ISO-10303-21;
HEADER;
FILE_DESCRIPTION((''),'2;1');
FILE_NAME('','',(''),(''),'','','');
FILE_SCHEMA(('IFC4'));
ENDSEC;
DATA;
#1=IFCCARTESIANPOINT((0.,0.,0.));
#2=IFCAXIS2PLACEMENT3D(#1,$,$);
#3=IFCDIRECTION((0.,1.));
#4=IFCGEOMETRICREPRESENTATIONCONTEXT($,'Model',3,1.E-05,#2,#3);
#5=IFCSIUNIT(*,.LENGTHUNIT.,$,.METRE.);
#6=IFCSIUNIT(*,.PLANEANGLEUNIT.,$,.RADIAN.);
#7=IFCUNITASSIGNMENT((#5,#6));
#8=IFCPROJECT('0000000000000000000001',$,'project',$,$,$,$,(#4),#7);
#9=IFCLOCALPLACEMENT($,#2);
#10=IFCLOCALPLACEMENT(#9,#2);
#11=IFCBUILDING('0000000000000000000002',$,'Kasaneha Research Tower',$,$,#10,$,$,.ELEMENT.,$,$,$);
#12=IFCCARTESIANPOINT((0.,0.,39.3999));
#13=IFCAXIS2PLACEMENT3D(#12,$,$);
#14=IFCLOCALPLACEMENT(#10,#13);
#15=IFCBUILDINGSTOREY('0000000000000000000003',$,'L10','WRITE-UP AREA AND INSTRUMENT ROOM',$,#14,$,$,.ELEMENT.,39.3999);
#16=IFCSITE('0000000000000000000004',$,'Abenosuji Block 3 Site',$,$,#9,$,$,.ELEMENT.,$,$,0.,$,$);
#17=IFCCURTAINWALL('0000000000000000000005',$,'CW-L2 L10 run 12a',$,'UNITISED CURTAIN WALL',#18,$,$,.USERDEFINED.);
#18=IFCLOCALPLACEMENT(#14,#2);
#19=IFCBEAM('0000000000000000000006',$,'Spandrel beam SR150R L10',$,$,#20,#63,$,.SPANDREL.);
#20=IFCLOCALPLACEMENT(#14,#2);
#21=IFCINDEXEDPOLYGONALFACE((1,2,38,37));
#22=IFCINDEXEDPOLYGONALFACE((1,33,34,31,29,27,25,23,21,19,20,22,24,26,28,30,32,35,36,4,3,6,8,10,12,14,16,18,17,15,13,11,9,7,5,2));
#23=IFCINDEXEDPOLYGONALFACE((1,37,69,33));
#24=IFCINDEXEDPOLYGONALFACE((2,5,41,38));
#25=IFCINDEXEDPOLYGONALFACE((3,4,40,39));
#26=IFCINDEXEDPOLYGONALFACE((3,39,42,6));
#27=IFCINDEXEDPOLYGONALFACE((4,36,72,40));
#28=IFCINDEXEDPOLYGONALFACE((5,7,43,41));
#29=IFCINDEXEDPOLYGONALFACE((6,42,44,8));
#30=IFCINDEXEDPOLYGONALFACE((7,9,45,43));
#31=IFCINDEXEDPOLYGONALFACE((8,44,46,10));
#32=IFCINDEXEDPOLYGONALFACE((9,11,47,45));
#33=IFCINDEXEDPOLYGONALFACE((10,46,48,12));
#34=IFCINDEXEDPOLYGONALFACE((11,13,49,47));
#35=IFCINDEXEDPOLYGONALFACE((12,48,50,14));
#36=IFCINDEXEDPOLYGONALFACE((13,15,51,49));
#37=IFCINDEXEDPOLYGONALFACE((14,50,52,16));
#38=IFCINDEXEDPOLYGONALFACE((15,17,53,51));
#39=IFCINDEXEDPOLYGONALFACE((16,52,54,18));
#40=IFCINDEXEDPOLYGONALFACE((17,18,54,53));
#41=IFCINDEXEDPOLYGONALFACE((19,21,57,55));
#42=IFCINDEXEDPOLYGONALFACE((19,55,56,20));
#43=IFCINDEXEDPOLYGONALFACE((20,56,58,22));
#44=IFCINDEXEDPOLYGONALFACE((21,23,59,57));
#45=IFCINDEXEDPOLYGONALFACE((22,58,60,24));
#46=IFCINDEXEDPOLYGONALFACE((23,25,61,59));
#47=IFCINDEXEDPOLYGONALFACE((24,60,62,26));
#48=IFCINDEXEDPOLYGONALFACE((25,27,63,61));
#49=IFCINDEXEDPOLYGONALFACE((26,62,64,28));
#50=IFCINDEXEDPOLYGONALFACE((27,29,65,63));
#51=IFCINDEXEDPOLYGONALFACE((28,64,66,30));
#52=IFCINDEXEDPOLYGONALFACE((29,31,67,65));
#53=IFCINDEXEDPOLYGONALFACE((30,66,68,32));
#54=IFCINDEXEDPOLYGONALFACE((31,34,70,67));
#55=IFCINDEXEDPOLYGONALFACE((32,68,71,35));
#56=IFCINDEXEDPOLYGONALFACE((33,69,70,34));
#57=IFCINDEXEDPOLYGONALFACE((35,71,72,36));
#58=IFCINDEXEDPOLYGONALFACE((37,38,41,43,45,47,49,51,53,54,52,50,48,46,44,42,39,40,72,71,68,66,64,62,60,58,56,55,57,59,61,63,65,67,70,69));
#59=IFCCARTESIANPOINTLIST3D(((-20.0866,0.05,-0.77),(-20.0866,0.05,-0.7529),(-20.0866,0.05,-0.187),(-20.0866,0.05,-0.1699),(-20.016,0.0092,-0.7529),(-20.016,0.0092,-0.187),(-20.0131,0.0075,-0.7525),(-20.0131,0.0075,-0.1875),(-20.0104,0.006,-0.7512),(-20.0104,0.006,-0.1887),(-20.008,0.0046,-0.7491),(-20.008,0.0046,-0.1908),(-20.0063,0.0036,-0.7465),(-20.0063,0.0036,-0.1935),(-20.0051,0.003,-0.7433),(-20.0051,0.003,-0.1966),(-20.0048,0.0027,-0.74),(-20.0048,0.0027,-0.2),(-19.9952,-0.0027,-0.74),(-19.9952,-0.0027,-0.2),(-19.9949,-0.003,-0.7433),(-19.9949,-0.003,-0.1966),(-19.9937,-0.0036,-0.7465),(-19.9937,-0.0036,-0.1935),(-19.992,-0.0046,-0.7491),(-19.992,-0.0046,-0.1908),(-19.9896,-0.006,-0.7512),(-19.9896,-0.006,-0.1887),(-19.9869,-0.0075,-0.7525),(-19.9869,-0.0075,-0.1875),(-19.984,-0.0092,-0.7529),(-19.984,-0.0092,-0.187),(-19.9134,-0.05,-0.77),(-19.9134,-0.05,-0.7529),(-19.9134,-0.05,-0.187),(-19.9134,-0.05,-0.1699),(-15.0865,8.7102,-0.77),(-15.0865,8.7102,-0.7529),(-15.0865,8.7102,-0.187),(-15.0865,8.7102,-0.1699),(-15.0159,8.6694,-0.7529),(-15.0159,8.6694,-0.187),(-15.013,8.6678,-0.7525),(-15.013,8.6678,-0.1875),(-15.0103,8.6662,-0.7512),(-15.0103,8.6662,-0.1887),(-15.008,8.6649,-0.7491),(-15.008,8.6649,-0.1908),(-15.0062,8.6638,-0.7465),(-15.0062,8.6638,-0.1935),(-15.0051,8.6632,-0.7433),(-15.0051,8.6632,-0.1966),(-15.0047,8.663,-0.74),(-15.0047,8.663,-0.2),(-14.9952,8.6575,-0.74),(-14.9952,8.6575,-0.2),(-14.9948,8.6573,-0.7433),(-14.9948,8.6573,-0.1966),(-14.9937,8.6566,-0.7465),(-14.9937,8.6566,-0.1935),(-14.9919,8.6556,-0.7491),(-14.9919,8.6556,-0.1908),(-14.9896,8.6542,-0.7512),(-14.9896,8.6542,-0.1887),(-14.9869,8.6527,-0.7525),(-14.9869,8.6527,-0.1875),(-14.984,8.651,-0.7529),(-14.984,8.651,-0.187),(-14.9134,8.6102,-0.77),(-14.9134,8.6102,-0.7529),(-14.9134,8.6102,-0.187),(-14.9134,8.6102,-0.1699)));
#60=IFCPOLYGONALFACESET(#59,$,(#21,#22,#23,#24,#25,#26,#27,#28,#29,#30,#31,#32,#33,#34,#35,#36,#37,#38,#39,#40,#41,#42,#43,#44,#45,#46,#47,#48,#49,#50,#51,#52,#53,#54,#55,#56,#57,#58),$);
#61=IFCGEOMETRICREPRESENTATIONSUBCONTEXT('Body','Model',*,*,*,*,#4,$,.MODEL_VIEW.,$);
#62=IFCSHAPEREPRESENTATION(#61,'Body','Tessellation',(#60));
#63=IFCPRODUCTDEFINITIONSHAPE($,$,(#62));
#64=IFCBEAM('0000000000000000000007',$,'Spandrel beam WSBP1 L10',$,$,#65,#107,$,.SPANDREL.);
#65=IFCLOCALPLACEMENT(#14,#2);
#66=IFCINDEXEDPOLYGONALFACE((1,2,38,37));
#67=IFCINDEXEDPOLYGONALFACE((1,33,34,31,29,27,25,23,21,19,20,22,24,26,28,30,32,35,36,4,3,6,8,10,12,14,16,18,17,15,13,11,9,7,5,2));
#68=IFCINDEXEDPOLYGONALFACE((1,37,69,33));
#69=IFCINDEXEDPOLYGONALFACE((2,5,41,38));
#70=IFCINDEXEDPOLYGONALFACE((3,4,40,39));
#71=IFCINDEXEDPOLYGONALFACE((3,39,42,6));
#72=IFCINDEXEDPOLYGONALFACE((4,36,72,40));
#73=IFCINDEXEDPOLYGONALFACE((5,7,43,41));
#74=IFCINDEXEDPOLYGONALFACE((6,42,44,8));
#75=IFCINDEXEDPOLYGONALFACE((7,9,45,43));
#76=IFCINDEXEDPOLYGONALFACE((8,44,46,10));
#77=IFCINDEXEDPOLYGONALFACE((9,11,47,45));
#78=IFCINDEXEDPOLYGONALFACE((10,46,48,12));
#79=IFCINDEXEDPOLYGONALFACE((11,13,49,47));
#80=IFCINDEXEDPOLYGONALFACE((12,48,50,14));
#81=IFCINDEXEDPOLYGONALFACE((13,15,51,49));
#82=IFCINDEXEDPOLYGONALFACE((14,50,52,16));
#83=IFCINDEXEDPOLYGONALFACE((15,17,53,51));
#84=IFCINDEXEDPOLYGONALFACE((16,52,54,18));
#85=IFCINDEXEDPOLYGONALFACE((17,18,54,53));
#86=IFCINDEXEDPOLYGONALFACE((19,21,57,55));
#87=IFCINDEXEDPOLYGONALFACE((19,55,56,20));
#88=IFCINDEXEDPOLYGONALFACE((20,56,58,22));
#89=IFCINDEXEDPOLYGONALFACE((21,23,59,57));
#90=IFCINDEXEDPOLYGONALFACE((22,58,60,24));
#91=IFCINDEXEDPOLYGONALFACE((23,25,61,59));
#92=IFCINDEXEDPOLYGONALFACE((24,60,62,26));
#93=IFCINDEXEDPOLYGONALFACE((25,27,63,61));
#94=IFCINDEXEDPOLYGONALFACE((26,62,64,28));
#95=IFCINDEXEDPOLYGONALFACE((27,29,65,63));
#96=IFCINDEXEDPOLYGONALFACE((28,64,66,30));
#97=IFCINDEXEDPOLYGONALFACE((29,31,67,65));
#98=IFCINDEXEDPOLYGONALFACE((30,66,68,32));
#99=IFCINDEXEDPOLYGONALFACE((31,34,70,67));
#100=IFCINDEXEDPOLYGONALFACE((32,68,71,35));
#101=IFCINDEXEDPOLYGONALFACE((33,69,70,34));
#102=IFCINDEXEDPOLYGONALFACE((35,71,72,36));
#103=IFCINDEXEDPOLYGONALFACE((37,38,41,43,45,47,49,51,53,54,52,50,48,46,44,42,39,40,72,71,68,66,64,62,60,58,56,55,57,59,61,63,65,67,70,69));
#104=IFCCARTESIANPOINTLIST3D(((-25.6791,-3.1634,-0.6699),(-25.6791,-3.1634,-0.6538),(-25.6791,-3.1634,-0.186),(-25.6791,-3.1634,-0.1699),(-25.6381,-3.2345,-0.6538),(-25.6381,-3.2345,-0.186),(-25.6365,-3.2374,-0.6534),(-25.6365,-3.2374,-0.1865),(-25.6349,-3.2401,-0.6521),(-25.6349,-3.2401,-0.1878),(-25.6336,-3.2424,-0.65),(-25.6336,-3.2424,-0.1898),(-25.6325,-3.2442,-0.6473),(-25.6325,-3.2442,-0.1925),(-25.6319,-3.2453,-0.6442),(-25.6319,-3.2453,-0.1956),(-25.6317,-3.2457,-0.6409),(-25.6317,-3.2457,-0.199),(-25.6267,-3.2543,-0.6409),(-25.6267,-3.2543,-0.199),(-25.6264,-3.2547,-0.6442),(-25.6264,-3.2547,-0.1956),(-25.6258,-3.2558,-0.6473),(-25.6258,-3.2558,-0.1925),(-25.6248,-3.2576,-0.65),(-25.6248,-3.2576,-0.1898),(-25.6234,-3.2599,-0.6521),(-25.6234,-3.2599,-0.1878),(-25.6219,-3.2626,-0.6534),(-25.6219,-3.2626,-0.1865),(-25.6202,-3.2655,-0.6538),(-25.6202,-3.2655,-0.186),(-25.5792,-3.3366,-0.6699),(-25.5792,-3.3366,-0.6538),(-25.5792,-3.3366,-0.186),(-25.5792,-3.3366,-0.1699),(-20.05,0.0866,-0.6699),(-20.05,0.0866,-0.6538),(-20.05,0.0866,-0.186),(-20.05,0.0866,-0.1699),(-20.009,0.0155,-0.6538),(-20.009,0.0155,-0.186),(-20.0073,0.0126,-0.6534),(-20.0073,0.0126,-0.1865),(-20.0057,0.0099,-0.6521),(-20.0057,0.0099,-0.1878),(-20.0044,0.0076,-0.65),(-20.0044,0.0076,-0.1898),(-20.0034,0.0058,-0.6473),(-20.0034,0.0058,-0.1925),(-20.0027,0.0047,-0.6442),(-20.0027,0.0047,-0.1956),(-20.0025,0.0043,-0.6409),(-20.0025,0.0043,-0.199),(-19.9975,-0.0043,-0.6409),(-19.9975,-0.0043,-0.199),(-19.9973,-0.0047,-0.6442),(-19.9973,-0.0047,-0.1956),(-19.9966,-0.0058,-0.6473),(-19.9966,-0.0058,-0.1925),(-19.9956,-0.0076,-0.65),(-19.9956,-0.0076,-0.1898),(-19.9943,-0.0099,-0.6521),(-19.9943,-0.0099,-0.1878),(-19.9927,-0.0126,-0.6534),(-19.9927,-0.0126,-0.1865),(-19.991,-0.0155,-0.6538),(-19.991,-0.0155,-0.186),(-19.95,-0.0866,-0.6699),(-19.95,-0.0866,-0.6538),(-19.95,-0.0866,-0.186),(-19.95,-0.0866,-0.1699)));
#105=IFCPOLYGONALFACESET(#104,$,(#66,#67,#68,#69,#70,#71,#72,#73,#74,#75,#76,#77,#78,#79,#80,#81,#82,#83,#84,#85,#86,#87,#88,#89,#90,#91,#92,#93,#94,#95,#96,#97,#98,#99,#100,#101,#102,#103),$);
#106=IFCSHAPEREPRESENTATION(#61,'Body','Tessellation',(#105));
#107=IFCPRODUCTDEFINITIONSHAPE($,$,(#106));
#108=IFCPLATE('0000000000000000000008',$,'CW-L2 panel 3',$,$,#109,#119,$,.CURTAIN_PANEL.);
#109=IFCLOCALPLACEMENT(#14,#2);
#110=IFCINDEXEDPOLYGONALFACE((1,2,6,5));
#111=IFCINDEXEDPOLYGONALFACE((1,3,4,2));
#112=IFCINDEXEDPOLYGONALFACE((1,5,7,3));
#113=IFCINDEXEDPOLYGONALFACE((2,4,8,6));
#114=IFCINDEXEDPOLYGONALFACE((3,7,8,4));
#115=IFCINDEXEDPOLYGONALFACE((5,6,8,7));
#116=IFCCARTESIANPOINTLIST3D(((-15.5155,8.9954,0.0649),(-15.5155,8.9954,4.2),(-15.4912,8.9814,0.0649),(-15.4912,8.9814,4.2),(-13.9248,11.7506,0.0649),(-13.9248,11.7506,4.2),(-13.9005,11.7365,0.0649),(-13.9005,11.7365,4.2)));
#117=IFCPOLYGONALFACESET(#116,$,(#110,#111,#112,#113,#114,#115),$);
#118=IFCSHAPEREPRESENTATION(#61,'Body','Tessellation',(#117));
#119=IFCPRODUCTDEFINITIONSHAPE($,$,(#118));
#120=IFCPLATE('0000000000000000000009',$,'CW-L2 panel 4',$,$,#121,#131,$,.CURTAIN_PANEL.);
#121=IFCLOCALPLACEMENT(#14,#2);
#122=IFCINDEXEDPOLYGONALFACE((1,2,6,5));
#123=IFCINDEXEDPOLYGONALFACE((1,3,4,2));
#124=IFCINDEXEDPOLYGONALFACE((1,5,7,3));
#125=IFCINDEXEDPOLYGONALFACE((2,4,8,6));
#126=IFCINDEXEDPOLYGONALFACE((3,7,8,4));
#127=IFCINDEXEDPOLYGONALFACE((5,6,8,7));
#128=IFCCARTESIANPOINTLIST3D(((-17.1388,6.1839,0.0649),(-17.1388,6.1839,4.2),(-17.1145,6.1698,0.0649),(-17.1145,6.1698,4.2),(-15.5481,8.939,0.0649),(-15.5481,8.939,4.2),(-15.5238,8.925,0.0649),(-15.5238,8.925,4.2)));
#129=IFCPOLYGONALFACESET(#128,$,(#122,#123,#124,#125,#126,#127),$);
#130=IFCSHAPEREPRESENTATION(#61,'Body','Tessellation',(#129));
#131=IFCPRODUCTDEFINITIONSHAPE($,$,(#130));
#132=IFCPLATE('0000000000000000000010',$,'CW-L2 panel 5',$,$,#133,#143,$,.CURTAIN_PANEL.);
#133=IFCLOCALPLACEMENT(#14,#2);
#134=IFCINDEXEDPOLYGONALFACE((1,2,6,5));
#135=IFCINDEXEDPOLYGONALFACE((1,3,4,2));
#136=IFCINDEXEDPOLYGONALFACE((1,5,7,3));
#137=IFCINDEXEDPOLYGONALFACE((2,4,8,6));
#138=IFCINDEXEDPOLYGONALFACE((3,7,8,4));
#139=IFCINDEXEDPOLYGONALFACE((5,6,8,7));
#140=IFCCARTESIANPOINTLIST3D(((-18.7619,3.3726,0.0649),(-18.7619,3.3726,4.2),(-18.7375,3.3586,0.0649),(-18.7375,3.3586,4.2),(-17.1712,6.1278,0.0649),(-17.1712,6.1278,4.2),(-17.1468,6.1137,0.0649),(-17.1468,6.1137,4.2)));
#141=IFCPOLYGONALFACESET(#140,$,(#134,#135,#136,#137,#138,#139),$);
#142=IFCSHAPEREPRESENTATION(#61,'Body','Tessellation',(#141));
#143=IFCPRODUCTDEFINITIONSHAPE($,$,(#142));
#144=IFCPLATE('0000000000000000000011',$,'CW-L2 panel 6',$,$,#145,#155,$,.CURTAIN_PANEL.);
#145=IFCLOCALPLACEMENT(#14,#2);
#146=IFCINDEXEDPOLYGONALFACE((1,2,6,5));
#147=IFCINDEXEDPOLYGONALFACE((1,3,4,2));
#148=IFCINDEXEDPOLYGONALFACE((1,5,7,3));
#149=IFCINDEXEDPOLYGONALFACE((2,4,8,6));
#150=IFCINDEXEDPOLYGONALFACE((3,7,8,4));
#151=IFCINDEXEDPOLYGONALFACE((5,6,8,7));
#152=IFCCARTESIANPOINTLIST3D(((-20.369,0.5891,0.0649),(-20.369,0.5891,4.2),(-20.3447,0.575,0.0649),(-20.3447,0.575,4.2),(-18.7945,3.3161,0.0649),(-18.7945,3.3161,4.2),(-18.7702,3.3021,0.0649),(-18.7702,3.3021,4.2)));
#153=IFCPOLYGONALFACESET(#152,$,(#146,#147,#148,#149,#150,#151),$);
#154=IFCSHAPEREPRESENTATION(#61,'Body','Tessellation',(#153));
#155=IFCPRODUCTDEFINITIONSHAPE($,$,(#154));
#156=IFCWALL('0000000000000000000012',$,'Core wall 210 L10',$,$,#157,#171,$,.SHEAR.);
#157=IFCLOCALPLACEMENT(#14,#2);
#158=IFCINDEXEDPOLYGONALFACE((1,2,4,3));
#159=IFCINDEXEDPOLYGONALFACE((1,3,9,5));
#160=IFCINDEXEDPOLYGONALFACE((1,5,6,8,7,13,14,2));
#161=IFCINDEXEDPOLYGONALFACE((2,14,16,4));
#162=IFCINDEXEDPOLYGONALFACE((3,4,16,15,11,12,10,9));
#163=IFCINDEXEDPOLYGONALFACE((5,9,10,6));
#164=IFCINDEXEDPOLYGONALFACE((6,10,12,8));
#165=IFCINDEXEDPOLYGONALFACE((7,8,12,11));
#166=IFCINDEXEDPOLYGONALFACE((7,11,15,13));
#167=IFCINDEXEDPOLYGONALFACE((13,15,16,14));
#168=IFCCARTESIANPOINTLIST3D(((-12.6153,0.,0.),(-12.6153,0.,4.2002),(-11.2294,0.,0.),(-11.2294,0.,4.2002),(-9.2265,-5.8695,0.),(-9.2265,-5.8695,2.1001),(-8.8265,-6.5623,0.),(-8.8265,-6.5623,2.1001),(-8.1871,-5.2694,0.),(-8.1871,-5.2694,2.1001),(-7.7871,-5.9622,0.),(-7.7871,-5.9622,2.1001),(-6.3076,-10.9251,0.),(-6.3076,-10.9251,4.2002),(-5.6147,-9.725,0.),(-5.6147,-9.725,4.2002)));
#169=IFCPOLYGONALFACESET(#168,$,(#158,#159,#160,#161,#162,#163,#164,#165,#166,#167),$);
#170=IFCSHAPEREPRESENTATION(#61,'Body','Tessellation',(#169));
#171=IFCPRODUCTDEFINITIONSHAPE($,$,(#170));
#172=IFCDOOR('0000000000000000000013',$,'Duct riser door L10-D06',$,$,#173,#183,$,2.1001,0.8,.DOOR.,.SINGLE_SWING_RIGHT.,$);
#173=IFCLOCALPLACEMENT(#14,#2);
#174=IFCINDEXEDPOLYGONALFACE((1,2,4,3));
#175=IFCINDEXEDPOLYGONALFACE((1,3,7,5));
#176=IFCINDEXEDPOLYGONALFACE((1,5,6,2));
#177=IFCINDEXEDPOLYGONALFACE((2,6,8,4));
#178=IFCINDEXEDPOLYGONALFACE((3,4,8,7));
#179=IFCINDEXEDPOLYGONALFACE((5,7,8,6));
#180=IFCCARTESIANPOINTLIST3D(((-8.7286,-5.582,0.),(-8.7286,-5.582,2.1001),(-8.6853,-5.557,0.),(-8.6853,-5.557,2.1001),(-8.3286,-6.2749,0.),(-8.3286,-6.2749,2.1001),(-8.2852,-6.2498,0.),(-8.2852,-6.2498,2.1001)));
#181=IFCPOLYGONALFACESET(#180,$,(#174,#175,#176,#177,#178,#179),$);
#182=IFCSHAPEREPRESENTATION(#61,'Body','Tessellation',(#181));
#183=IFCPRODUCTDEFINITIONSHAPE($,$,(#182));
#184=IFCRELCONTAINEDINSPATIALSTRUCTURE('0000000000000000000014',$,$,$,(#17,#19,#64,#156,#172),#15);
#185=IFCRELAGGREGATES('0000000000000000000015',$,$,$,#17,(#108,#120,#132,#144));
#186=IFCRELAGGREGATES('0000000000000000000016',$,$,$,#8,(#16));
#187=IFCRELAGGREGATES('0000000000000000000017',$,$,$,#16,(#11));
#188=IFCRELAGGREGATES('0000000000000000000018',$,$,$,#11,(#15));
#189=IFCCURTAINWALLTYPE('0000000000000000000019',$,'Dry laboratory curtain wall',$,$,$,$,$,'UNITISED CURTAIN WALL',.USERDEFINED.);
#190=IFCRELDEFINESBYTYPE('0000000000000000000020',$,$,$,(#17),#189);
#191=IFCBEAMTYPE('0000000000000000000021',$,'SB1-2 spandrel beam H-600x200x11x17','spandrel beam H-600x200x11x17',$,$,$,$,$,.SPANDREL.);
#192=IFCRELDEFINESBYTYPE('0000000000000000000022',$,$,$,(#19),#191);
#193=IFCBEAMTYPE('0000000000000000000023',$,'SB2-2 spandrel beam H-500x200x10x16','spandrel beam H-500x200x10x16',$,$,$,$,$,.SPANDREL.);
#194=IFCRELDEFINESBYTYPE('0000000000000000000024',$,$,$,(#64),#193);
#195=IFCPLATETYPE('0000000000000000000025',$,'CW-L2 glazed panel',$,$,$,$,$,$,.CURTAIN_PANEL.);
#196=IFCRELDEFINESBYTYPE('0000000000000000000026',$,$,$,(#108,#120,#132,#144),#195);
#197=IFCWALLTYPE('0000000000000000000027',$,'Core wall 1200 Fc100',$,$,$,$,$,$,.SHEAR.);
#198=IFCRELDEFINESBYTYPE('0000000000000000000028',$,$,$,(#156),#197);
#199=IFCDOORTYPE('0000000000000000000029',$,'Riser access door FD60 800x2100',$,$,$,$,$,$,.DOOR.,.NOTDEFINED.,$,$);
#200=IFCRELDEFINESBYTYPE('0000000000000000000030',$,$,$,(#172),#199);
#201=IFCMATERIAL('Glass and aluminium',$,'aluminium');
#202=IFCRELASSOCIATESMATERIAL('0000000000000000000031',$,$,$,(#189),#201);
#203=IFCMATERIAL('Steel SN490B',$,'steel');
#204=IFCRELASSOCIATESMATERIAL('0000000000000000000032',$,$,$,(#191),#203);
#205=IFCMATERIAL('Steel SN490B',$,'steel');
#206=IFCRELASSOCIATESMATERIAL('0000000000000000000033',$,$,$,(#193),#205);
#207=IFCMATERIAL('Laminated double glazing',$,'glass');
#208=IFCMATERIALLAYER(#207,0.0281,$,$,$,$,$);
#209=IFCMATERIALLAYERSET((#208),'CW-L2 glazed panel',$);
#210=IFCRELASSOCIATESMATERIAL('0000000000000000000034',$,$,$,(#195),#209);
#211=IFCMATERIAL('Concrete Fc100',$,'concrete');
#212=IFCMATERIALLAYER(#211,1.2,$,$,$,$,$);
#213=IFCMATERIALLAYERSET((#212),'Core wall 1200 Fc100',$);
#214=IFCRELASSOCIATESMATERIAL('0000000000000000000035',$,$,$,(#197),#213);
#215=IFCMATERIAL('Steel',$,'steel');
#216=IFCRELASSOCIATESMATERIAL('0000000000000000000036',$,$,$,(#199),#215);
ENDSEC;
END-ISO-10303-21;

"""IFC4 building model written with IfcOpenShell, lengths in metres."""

from ifc_helpers import new_model, si_unit, direction, frame, frame_2d, origin, origin_2d, place, context, subcontext, project, spatial, polyline, rectangle, i_section, outline, extrude, material, layer, layer_set, material_profile, profile_set, type_object, element, fill, aggregate, save


model = new_model("IFC4")

# Units and contexts
model_context = context("Model", 3, precision=1e-05, world=origin(), true_north=direction((0.0, 1.0)))
body_context = subcontext(model_context, "Body", "Model", "MODEL_VIEW")
ifc_project = project(units=[si_unit("LENGTHUNIT", "METRE"), si_unit("PLANEANGLEUNIT", "RADIAN")], contexts=[model_context])

# Site, building, storey
site_placement = place(None, origin())
site = spatial("IfcSite", under=ifc_project, at=site_placement, Name="Abenosuji Block 3 Site", CompositionType="ELEMENT", RefElevation=0.0)
building_placement = place(site_placement, origin())
building = spatial("IfcBuilding", under=site, at=building_placement, Name="Kasaneha Research Tower", CompositionType="ELEMENT")
storey_placement = place(building_placement, frame((0.0, 0.0, 39.3999)))
storey = spatial("IfcBuildingStorey", under=building, at=storey_placement, Name="L10", Description="WRITE-UP AREA AND INSTRUMENT ROOM", CompositionType="ELEMENT", Elevation=39.3999)

# Curtain wall
ifc_material_1 = material(Name="Glass and aluminium", Category="aluminium")
curtain_wall_type = type_object("IfcCurtainWallType", Name="Dry laboratory curtain wall", ElementType="UNITISED CURTAIN WALL", PredefinedType="USERDEFINED", material=ifc_material_1)
curtain_wall_1_placement = place(storey_placement, origin())
curtain_wall_1 = element("IfcCurtainWall", 1, at=curtain_wall_1_placement, inside=storey, type_object=curtain_wall_type, Name="CW-L2 L10 run 12a", ObjectType="UNITISED CURTAIN WALL", PredefinedType="USERDEFINED")

# Beams
ifc_material_2 = material(Name="Steel SN490B", Category="steel")
ifc_material_profile_1 = material_profile(ifc_material_2, i_section(OverallWidth=0.2, OverallDepth=0.6001, WebThickness=0.011, FlangeThickness=0.0171, FilletRadius=0.0129, at=origin_2d()), Name="H-600x200x11x17")
ifc_profile_set_1 = profile_set([ifc_material_profile_1], Name="Steel SN490B")
beam_type_1 = type_object("IfcBeamType", Name="SB1-2 spandrel beam H-600x200x11x17", Description="spandrel beam H-600x200x11x17", PredefinedType="SPANDREL", material=ifc_profile_set_1)
beam_1_placement = place(storey_placement, frame((-20.0, 0.0, -0.47), z_axis=(0.500004, 0.866023, 0.0), x_axis=(-0.866023, 0.500004, 0.0)))
element("IfcBeam", 2, at=beam_1_placement, inside=storey, type_object=beam_type_1, Name="Spandrel beam SR150R L10", PredefinedType="SPANDREL", context=body_context, shape_type="SweptSolid", body=[
    extrude(i_section(OverallWidth=0.2, OverallDepth=0.6001, WebThickness=0.011, FlangeThickness=0.0171, FilletRadius=0.0129, at=origin_2d()), origin(), (0.0, 0.0, 1.0), 10.0),
])
ifc_material_3 = material(Name="Steel SN490B", Category="steel")
ifc_material_profile_2 = material_profile(ifc_material_3, i_section(OverallWidth=0.2, OverallDepth=0.5, WebThickness=0.01, FlangeThickness=0.0161, FilletRadius=0.0129, at=origin_2d()), Name="H-500x200x10x16")
ifc_profile_set_2 = profile_set([ifc_material_profile_2], Name="Steel SN490B")
beam_type_2 = type_object("IfcBeamType", Name="SB2-2 spandrel beam H-500x200x10x16", Description="spandrel beam H-500x200x10x16", PredefinedType="SPANDREL", material=ifc_profile_set_2)
beam_2_placement = place(storey_placement, frame((-20.0, 0.0, -0.4199), z_axis=(-0.866025, -0.500001, 0.0), x_axis=(0.500001, -0.866025, 0.0)))
element("IfcBeam", 3, at=beam_2_placement, inside=storey, type_object=beam_type_2, Name="Spandrel beam WSBP1 L10", PredefinedType="SPANDREL", context=body_context, shape_type="SweptSolid", body=[
    extrude(i_section(OverallWidth=0.2, OverallDepth=0.5, WebThickness=0.01, FlangeThickness=0.0161, FilletRadius=0.0129, at=origin_2d()), origin(), (0.0, 0.0, 1.0), 6.5),
])

# Plates
ifc_material_4 = material(Name="Laminated double glazing", Category="glass")
ifc_layer_1 = layer(ifc_material_4, 0.0281)
ifc_layer_set_1 = layer_set([ifc_layer_1], Name="CW-L2 glazed panel")
plate_type = type_object("IfcPlateType", Name="CW-L2 glazed panel", PredefinedType="CURTAIN_PANEL", material=ifc_layer_set_1)
plate_1_placement = place(storey_placement, frame((-14.708, 10.366, 0.0649), z_axis=(0.0, 0.0, 1.0), x_axis=(-0.5, -0.866025, 0.0)))
plate_1 = element("IfcPlate", 4, at=plate_1_placement, type_object=plate_type, Name="CW-L2 panel 3", PredefinedType="CURTAIN_PANEL", context=body_context, shape_type="SweptSolid", body=[
    extrude(rectangle(XDim=3.1814, YDim=0.0281, at=origin_2d()), origin(), (0.0, 0.0, 1.0), 4.135),
])
plate_2_placement = place(storey_placement, frame((-16.3313, 7.5544, 0.0649), z_axis=(0.0, 0.0, 1.0), x_axis=(-0.5, -0.866025, 0.0)))
plate_2 = element("IfcPlate", 5, at=plate_2_placement, type_object=plate_type, Name="CW-L2 panel 4", PredefinedType="CURTAIN_PANEL", context=body_context, shape_type="SweptSolid", body=[
    extrude(rectangle(XDim=3.1814, YDim=0.0281, at=origin_2d()), origin(), (0.0, 0.0, 1.0), 4.135),
])
plate_3_placement = place(storey_placement, frame((-17.9543, 4.7432, 0.0649), z_axis=(0.0, 0.0, 1.0), x_axis=(-0.5, -0.866025, 0.0)))
plate_3 = element("IfcPlate", 6, at=plate_3_placement, type_object=plate_type, Name="CW-L2 panel 5", PredefinedType="CURTAIN_PANEL", context=body_context, shape_type="SweptSolid", body=[
    extrude(rectangle(XDim=3.1814, YDim=0.0281, at=origin_2d()), origin(), (0.0, 0.0, 1.0), 4.135),
])
plate_4_placement = place(storey_placement, frame((-19.5696, 1.9456, 0.0649), z_axis=(0.0, 0.0, 1.0), x_axis=(-0.5, -0.866025, 0.0)))
plate_4 = element("IfcPlate", 7, at=plate_4_placement, type_object=plate_type, Name="CW-L2 panel 6", PredefinedType="CURTAIN_PANEL", context=body_context, shape_type="SweptSolid", body=[
    extrude(rectangle(XDim=3.1489, YDim=0.0281, at=origin_2d()), origin(), (0.0, 0.0, 1.0), 4.135),
])
aggregate(curtain_wall_1, [plate_1, plate_2, plate_3, plate_4])

# Wall, opening, door
ifc_material_5 = material(Name="Concrete Fc100", Category="concrete")
ifc_layer_2 = layer(ifc_material_5, 1.2)
ifc_layer_set_2 = layer_set([ifc_layer_2], Name="Core wall 1200 Fc100")
wall_type_1 = type_object("IfcWallType", Name="Core wall 1200 Fc100", PredefinedType="SHEAR", material=ifc_layer_set_2)
wall_1_placement = place(storey_placement, frame((-11.9224, 0.0, 0.0), z_axis=(0.0, 0.0, 1.0), x_axis=(0.500004, -0.866023, 0.0)))
wall_1 = element("IfcWall", 8, at=wall_1_placement, inside=storey, type_object=wall_type_1, Name="Core wall 210 L10", PredefinedType="SHEAR", context=body_context, shape_type="SweptSolid", body=[
    extrude(outline(polyline([(-0.3464, -0.6001), (6.4312, -0.6001), (7.2312, -0.6001), (12.2688, -0.6001), (11.5759, 0.6001), (7.2312, 0.6001), (6.4312, 0.6001), (0.3464, 0.6001), (-0.3464, -0.6001)])), origin(), (0.0, 0.0, 1.0), 4.2002),
])
opening_1_placement = place(wall_1_placement, frame((6.4312, 0.0, 0.0)))
opening_1 = element("IfcOpeningElement", 9, at=opening_1_placement, cuts=wall_1, PredefinedType="OPENING", context=body_context, shape_type="SweptSolid", body=[
    extrude(rectangle(XDim=0.8, YDim=2.1001, at=frame_2d((0.3999, 1.05))), frame((0.0, 0.6099, 0.0), z_axis=(0.0, -1.0, 0.0), x_axis=(1.0, 0.0, 0.0)), (0.0, 0.0, 1.0), 1.22),
])
ifc_material_6 = material(Name="Steel", Category="steel")
door_type_1 = type_object("IfcDoorType", Name="Riser access door FD60 800x2100", OperationType="NOTDEFINED", PredefinedType="DOOR", material=ifc_material_6)
door_1_placement = place(opening_1_placement, origin())
door_1 = element("IfcDoor", 10, at=door_1_placement, inside=storey, type_object=door_type_1, Name="Duct riser door L10-D06", OperationType="SINGLE_SWING_RIGHT", OverallHeight=2.1001, OverallWidth=0.8, PredefinedType="DOOR", context=body_context, shape_type="SweptSolid", body=[
    extrude(rectangle(XDim=0.8, YDim=2.1001, at=frame_2d((0.3999, 1.05))), frame((0.0, 0.0249, 0.0), z_axis=(0.0, -1.0, 0.0), x_axis=(1.0, 0.0, 0.0)), (0.0, 0.0, 1.0), 0.05),
])
fill(opening_1, door_1)

save(model, "model.ifc")
